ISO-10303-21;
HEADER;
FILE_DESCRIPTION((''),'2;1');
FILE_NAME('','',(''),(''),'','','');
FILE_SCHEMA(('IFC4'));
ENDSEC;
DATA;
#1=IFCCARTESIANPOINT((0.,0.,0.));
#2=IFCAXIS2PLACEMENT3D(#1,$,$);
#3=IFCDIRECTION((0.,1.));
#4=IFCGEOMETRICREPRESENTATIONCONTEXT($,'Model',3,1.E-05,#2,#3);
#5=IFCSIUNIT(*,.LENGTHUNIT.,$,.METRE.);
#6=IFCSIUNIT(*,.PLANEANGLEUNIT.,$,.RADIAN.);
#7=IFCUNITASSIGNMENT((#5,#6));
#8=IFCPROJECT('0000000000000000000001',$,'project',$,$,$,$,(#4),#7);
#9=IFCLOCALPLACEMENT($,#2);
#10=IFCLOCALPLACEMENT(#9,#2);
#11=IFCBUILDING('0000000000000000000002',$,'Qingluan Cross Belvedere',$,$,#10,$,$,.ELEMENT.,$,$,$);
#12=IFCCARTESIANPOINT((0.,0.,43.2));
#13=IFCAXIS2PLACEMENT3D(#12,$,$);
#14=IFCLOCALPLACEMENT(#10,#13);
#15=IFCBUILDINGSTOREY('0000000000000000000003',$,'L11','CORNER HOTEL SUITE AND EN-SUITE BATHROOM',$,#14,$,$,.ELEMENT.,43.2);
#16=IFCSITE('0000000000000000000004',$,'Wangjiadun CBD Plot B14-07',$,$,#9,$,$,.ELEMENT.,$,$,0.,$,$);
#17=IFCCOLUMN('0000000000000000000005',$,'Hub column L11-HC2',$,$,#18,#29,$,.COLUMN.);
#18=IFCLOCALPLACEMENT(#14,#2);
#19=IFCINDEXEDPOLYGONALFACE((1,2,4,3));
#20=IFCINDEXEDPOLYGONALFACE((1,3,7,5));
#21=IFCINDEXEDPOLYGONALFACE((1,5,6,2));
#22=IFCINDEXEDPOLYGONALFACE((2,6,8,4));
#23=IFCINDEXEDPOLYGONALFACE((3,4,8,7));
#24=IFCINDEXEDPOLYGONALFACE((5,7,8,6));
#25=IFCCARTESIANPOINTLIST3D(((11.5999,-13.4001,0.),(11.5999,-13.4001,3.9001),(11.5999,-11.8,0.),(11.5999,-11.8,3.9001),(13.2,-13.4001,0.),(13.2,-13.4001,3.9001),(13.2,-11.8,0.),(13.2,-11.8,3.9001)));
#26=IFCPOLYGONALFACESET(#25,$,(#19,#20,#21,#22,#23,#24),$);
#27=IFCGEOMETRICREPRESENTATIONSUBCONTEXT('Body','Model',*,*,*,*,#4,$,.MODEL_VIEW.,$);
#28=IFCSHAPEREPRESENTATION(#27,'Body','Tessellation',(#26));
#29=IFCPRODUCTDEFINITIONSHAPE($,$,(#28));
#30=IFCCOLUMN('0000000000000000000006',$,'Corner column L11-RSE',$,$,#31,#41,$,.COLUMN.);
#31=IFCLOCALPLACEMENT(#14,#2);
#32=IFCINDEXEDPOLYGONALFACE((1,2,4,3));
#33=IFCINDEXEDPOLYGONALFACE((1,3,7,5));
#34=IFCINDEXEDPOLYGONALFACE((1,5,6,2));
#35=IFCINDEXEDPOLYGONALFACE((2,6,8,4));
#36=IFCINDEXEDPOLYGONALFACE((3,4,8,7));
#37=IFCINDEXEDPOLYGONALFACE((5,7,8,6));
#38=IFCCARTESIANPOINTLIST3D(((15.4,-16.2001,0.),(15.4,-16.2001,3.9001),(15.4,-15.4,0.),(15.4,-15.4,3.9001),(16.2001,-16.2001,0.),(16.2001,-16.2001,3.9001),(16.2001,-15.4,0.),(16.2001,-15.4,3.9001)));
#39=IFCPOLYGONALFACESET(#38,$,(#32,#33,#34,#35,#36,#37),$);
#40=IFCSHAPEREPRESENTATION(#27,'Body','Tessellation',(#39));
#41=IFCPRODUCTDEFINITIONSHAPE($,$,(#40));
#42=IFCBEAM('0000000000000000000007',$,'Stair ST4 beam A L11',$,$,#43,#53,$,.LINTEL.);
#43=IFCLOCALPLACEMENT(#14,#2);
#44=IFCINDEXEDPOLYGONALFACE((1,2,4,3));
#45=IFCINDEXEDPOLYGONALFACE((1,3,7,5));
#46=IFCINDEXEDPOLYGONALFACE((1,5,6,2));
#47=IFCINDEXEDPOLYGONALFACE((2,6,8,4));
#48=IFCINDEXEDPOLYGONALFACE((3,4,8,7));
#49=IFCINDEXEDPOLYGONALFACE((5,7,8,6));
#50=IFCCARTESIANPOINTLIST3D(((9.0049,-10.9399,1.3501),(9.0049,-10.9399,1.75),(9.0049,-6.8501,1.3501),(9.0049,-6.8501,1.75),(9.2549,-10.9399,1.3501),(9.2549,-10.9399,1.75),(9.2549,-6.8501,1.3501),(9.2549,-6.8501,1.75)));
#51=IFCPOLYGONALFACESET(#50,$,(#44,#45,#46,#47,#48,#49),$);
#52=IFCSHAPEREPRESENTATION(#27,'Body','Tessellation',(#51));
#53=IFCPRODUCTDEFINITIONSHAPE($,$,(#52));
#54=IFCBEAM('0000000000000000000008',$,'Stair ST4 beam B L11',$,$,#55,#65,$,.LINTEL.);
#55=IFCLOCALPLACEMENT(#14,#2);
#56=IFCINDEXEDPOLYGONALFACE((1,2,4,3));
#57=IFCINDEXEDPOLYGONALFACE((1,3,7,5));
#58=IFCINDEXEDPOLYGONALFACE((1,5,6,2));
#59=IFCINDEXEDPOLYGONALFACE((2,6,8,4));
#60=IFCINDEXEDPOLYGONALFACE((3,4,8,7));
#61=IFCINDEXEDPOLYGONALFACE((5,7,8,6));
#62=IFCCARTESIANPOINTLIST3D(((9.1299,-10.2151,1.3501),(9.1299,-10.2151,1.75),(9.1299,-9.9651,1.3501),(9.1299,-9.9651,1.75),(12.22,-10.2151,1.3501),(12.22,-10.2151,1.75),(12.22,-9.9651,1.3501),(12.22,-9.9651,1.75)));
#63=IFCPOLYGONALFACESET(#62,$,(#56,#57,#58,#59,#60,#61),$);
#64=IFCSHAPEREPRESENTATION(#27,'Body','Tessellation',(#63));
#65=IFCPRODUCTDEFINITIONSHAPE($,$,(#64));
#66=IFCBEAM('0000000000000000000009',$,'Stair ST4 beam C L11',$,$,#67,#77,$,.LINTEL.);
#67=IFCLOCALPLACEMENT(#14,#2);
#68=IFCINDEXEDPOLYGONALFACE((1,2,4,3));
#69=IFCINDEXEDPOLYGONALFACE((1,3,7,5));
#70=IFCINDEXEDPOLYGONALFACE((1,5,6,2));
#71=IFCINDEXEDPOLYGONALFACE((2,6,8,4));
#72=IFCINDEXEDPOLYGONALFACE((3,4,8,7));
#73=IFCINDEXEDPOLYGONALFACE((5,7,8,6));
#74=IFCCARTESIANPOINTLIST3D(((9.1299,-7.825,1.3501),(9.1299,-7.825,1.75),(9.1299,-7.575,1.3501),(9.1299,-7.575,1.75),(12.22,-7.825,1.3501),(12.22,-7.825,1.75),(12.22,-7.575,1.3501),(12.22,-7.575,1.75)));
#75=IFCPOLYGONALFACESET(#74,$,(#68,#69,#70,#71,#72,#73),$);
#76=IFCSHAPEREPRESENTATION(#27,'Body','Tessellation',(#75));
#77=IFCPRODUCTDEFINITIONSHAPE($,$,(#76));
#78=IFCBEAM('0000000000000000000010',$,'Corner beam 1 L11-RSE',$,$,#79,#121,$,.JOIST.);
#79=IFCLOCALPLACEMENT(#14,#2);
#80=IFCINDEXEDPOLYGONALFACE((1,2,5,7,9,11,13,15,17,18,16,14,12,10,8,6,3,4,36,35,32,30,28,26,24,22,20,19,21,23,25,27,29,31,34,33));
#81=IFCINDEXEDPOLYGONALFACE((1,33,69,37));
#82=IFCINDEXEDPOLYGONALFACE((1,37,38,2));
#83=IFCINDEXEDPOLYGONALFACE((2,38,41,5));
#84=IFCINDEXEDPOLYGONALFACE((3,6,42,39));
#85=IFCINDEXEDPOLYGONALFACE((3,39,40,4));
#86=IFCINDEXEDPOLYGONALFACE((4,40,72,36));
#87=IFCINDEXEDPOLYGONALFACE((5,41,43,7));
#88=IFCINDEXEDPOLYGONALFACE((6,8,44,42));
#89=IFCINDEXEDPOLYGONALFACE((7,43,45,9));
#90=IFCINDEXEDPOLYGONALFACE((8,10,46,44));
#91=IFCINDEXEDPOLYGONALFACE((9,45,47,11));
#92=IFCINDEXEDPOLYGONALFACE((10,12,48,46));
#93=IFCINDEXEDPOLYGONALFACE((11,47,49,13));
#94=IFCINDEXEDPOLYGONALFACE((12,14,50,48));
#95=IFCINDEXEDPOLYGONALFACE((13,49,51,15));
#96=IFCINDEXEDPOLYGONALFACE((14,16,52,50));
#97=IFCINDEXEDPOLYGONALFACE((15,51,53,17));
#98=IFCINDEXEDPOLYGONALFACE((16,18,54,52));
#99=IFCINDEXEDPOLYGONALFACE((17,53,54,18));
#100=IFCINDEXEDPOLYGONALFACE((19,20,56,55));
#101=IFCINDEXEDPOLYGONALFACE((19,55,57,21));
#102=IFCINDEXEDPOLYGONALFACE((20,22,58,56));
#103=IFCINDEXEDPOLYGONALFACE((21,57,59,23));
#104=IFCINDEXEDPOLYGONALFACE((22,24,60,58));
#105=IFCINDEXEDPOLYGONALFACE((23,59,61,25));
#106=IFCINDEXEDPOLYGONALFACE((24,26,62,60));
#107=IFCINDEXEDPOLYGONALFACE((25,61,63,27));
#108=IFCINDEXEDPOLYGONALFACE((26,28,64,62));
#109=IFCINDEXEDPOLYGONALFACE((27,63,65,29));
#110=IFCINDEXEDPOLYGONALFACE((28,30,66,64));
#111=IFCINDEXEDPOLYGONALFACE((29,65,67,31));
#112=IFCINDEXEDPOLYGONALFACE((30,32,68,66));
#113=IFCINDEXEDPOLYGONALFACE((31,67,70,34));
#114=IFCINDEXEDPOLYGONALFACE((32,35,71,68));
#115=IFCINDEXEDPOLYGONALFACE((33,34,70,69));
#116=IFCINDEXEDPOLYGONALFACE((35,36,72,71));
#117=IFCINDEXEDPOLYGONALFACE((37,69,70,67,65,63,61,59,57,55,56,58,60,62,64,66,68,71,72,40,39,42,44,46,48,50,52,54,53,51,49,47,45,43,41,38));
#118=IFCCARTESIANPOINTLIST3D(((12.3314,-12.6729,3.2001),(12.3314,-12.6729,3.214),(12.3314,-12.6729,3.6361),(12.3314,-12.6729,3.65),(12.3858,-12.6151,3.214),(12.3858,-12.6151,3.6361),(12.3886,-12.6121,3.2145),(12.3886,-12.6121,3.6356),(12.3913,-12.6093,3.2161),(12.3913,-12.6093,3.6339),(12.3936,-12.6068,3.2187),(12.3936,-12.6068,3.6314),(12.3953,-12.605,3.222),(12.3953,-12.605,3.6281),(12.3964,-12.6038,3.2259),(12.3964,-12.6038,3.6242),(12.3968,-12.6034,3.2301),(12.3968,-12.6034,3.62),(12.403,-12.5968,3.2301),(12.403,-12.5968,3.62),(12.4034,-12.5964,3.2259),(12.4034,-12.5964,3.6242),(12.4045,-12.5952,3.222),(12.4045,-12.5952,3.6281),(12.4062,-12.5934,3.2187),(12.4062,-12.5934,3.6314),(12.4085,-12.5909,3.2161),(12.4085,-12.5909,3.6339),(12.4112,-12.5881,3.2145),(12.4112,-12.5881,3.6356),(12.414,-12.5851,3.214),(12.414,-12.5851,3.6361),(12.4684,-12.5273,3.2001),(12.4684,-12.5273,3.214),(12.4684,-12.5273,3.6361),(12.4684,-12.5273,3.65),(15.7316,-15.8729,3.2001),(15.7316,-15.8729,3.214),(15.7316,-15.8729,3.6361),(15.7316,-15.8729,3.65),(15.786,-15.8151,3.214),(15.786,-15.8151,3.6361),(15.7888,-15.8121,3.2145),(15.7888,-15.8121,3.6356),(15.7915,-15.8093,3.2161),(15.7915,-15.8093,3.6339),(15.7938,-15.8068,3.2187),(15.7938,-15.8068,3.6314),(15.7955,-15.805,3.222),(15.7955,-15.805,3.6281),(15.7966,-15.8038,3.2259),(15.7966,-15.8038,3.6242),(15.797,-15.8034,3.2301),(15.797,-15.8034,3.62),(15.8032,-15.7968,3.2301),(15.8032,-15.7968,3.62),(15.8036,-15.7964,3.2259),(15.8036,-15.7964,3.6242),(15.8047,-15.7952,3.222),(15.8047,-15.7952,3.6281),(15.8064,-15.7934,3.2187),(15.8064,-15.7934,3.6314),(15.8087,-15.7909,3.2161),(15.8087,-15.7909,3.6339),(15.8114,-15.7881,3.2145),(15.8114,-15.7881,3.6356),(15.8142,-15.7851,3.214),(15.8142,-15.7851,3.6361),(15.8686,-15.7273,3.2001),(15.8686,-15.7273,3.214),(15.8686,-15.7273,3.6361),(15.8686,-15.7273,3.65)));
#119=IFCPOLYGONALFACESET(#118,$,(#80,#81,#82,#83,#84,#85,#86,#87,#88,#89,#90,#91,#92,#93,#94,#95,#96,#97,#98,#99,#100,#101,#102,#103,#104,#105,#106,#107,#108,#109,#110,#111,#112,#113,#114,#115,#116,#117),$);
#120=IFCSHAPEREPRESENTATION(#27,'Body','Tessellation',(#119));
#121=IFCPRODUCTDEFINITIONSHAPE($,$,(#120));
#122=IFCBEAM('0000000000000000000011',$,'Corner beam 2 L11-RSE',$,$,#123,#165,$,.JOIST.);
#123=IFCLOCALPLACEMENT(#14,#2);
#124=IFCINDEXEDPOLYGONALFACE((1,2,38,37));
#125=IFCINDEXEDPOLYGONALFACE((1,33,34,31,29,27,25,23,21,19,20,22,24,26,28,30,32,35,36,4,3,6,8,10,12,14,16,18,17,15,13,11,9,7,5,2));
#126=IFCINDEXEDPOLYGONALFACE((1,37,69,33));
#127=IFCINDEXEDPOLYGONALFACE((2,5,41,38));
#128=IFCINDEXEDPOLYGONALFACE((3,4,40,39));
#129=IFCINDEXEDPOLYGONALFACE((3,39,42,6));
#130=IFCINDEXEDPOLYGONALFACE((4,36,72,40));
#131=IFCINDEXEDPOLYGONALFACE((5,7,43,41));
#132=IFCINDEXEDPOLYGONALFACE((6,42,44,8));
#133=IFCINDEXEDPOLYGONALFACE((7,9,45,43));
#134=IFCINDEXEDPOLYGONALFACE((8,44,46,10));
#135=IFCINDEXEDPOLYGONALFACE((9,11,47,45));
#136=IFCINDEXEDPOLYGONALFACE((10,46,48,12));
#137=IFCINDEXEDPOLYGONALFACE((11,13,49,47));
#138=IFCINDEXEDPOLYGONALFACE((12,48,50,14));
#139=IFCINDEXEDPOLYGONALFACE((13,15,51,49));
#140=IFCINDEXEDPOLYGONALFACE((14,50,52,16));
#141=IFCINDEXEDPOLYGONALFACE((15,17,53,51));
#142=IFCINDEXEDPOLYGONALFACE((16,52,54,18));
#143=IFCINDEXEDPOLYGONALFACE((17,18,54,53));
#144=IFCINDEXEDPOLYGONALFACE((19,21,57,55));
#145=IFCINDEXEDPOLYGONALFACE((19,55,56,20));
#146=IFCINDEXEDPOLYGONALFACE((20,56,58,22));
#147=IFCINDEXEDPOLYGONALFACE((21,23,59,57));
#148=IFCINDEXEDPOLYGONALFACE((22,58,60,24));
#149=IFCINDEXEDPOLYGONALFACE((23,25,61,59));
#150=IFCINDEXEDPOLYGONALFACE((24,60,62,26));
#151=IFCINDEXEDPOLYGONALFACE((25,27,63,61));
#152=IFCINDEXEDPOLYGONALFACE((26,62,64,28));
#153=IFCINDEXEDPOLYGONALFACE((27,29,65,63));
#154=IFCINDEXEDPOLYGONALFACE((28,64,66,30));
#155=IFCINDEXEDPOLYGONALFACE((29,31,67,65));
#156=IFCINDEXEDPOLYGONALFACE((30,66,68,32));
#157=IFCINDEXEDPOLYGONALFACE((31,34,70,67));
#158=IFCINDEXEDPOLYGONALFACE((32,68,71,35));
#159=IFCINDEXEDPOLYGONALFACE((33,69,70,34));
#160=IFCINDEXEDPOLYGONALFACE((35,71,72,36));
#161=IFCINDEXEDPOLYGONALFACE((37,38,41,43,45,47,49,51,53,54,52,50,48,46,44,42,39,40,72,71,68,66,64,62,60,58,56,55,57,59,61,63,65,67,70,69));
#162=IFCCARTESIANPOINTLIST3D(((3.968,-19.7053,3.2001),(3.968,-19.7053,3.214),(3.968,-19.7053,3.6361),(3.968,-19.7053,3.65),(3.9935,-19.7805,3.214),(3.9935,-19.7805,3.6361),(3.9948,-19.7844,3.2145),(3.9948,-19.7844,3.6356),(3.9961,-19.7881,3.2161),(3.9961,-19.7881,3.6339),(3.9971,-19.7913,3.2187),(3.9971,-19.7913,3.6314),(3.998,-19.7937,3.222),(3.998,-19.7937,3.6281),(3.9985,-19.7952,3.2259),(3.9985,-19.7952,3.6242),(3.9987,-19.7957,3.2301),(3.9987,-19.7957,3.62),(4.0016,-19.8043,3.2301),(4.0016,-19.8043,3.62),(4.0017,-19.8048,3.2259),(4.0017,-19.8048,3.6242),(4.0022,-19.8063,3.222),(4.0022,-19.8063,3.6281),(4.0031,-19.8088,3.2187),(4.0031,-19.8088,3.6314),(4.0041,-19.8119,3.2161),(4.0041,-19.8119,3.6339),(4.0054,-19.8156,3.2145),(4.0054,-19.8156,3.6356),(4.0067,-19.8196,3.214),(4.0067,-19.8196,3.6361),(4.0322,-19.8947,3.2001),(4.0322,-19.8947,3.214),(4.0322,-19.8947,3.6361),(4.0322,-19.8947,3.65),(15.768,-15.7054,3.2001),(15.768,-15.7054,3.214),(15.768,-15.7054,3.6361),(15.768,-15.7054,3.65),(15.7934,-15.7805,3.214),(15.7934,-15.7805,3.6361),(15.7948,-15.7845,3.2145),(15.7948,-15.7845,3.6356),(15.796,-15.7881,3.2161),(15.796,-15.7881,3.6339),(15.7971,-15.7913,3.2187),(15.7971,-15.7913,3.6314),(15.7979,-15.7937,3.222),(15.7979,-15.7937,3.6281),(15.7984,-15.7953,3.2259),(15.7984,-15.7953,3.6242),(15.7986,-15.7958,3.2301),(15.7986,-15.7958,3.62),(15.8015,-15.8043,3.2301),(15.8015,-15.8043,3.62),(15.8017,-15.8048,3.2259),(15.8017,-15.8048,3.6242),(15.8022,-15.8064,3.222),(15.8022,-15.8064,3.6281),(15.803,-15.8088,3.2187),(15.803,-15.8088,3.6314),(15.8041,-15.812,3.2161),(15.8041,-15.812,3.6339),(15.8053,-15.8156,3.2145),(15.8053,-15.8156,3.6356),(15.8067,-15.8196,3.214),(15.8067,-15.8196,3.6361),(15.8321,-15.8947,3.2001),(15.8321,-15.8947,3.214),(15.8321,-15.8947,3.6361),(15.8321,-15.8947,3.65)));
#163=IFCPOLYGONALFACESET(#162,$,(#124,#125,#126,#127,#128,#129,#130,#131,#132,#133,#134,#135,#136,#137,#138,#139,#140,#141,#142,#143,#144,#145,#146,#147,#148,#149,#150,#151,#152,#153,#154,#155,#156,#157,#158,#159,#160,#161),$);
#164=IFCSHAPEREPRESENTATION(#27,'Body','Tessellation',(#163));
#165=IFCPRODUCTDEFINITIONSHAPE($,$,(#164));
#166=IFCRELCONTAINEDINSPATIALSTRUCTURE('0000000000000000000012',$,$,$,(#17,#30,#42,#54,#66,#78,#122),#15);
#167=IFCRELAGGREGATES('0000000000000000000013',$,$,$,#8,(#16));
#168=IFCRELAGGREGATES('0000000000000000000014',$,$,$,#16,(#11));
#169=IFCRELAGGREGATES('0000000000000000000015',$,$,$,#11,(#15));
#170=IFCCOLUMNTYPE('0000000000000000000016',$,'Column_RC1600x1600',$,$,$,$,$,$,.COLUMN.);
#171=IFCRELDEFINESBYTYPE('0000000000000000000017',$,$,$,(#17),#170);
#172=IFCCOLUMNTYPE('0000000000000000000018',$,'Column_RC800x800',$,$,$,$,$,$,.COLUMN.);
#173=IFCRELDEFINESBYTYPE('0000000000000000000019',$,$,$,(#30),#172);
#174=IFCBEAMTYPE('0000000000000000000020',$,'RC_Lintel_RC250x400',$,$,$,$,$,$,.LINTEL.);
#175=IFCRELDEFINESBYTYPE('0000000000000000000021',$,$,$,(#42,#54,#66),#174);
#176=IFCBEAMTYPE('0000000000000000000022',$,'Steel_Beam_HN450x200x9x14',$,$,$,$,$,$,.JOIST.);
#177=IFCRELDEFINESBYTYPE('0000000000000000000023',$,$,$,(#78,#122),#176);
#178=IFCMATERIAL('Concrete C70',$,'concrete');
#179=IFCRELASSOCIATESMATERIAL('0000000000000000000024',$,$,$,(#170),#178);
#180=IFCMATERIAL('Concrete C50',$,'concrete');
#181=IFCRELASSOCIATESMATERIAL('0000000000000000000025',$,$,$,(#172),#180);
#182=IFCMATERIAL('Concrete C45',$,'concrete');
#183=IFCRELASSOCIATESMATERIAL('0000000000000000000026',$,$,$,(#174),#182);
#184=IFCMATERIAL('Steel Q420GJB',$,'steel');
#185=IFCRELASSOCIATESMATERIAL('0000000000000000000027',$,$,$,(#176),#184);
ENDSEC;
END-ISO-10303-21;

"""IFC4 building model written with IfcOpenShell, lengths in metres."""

from ifc_helpers import new_model, si_unit, direction, frame, origin, origin_2d, place, context, subcontext, project, spatial, rectangle, i_section, extrude, material, material_profile, profile_set, type_object, element, save


model = new_model("IFC4")

# Units and contexts
model_context = context("Model", 3, precision=1e-05, world=origin(), true_north=direction((0.0, 1.0)))
body_context = subcontext(model_context, "Body", "Model", "MODEL_VIEW")
ifc_project = project(units=[si_unit("LENGTHUNIT", "METRE"), si_unit("PLANEANGLEUNIT", "RADIAN")], contexts=[model_context])

# Site, building, storey
site_placement = place(None, origin())
site = spatial("IfcSite", under=ifc_project, at=site_placement, Name="Wangjiadun CBD Plot B14-07", CompositionType="ELEMENT", RefElevation=0.0)
building_placement = place(site_placement, origin())
building = spatial("IfcBuilding", under=site, at=building_placement, Name="Qingluan Cross Belvedere", CompositionType="ELEMENT")
storey_placement = place(building_placement, frame((0.0, 0.0, 43.2)))
storey = spatial("IfcBuildingStorey", under=building, at=storey_placement, Name="L11", Description="CORNER HOTEL SUITE AND EN-SUITE BATHROOM", CompositionType="ELEMENT", Elevation=43.2)

# Columns
ifc_material_1 = material(Name="Concrete C70", Category="concrete")
ifc_material_profile_1 = material_profile(ifc_material_1, rectangle(XDim=1.6001, YDim=1.6001, at=origin_2d()), Name="RC1600x1600")
ifc_profile_set_1 = profile_set([ifc_material_profile_1], Name="Concrete C70")
column_type_1 = type_object("IfcColumnType", Name="Column_RC1600x1600", PredefinedType="COLUMN", material=ifc_profile_set_1)
column_1_placement = place(storey_placement, frame((12.3999, -12.6001, 0.0), z_axis=(0.0, 0.0, 1.0), x_axis=(1.0, 0.0, 0.0)))
element("IfcColumn", 1, at=column_1_placement, inside=storey, type_object=column_type_1, Name="Hub column L11-HC2", PredefinedType="COLUMN", context=body_context, shape_type="SweptSolid", body=[
    extrude(rectangle(XDim=1.6001, YDim=1.6001, at=origin_2d()), origin(), (0.0, 0.0, 1.0), 3.9001),
])
ifc_material_2 = material(Name="Concrete C50", Category="concrete")
ifc_material_profile_2 = material_profile(ifc_material_2, rectangle(XDim=0.8, YDim=0.8, at=origin_2d()), Name="RC800x800")
ifc_profile_set_2 = profile_set([ifc_material_profile_2], Name="Concrete C50")
column_type_2 = type_object("IfcColumnType", Name="Column_RC800x800", PredefinedType="COLUMN", material=ifc_profile_set_2)
column_2_placement = place(storey_placement, frame((15.8, -15.8, 0.0), z_axis=(0.0, 0.0, 1.0), x_axis=(1.0, 0.0, 0.0)))
element("IfcColumn", 2, at=column_2_placement, inside=storey, type_object=column_type_2, Name="Corner column L11-RSE", PredefinedType="COLUMN", context=body_context, shape_type="SweptSolid", body=[
    extrude(rectangle(XDim=0.8, YDim=0.8, at=origin_2d()), origin(), (0.0, 0.0, 1.0), 3.9001),
])

# Beams
ifc_material_3 = material(Name="Concrete C45", Category="concrete")
ifc_material_profile_3 = material_profile(ifc_material_3, rectangle(XDim=0.25, YDim=0.3999, at=origin_2d()), Name="RC250x400")
ifc_profile_set_3 = profile_set([ifc_material_profile_3], Name="Concrete C45")
beam_type_1 = type_object("IfcBeamType", Name="RC_Lintel_RC250x400", PredefinedType="LINTEL", material=ifc_profile_set_3)
beam_1_placement = place(storey_placement, frame((9.1299, -10.9399, 1.55), z_axis=(0.0, 1.0, 0.0), x_axis=(-1.0, 0.0, 0.0)))
element("IfcBeam", 3, at=beam_1_placement, inside=storey, type_object=beam_type_1, Name="Stair ST4 beam A L11", PredefinedType="LINTEL", context=body_context, shape_type="SweptSolid", body=[
    extrude(rectangle(XDim=0.25, YDim=0.3999, at=origin_2d()), origin(), (0.0, 0.0, 1.0), 4.0898),
])
for number, where, z_axis, x_axis, name in (
    (4, (12.22, -10.0901, 1.55), (-1.0, 0.0, 0.0), (0.0, -1.0, 0.0), "Stair ST4 beam B L11"),
    (5, (12.22, -7.7, 1.55), (-1.0, 0.0, 0.0), (0.0, -1.0, 0.0), "Stair ST4 beam C L11"),
):
    element("IfcBeam", number, at=place(storey_placement, frame(where, z_axis=z_axis, x_axis=x_axis)), inside=storey, type_object=beam_type_1, Name=name, PredefinedType="LINTEL", context=body_context, shape_type="SweptSolid", body=[
        extrude(rectangle(XDim=0.25, YDim=0.3999, at=origin_2d()), origin(), (0.0, 0.0, 1.0), 3.0901),
    ])
ifc_material_4 = material(Name="Steel Q420GJB", Category="steel")
ifc_material_profile_4 = material_profile(ifc_material_4, i_section(OverallWidth=0.2, OverallDepth=0.45, WebThickness=0.009, FlangeThickness=0.0139, FilletRadius=0.0161, at=origin_2d()), Name="HN450x200x9x14")
ifc_profile_set_4 = profile_set([ifc_material_profile_4], Name="Steel Q420GJB")
beam_type_2 = type_object("IfcBeamType", Name="Steel_Beam_HN450x200x9x14", PredefinedType="JOIST", material=ifc_profile_set_4)
beam_2_placement = place(storey_placement, frame((12.3999, -12.6001, 3.425), z_axis=(0.72822, -0.685343, 0.0), x_axis=(0.685343, 0.72822, 0.0)))
element("IfcBeam", 6, at=beam_2_placement, inside=storey, type_object=beam_type_2, Name="Corner beam 1 L11-RSE", PredefinedType="JOIST", context=body_context, shape_type="SweptSolid", body=[
    extrude(i_section(OverallWidth=0.2, OverallDepth=0.45, WebThickness=0.009, FlangeThickness=0.0139, FilletRadius=0.0161, at=origin_2d()), origin(), (0.0, 0.0, 1.0), 4.6692),
])
for number, where, z_axis, x_axis, name in (
    (7, (15.8, -15.8, 3.425), (-0.947066, -0.321038, 0.0), (0.321038, -0.947066, 0.0), "Corner beam 2 L11-RSE"),
):
    element("IfcBeam", number, at=place(storey_placement, frame(where, z_axis=z_axis, x_axis=x_axis)), inside=storey, type_object=beam_type_2, Name=name, PredefinedType="JOIST", context=body_context, shape_type="SweptSolid", body=[
        extrude(i_section(OverallWidth=0.2, OverallDepth=0.45, WebThickness=0.009, FlangeThickness=0.0139, FilletRadius=0.0161, at=origin_2d()), origin(), (0.0, 0.0, 1.0), 12.4595),
    ])

save(model, "model.ifc")
